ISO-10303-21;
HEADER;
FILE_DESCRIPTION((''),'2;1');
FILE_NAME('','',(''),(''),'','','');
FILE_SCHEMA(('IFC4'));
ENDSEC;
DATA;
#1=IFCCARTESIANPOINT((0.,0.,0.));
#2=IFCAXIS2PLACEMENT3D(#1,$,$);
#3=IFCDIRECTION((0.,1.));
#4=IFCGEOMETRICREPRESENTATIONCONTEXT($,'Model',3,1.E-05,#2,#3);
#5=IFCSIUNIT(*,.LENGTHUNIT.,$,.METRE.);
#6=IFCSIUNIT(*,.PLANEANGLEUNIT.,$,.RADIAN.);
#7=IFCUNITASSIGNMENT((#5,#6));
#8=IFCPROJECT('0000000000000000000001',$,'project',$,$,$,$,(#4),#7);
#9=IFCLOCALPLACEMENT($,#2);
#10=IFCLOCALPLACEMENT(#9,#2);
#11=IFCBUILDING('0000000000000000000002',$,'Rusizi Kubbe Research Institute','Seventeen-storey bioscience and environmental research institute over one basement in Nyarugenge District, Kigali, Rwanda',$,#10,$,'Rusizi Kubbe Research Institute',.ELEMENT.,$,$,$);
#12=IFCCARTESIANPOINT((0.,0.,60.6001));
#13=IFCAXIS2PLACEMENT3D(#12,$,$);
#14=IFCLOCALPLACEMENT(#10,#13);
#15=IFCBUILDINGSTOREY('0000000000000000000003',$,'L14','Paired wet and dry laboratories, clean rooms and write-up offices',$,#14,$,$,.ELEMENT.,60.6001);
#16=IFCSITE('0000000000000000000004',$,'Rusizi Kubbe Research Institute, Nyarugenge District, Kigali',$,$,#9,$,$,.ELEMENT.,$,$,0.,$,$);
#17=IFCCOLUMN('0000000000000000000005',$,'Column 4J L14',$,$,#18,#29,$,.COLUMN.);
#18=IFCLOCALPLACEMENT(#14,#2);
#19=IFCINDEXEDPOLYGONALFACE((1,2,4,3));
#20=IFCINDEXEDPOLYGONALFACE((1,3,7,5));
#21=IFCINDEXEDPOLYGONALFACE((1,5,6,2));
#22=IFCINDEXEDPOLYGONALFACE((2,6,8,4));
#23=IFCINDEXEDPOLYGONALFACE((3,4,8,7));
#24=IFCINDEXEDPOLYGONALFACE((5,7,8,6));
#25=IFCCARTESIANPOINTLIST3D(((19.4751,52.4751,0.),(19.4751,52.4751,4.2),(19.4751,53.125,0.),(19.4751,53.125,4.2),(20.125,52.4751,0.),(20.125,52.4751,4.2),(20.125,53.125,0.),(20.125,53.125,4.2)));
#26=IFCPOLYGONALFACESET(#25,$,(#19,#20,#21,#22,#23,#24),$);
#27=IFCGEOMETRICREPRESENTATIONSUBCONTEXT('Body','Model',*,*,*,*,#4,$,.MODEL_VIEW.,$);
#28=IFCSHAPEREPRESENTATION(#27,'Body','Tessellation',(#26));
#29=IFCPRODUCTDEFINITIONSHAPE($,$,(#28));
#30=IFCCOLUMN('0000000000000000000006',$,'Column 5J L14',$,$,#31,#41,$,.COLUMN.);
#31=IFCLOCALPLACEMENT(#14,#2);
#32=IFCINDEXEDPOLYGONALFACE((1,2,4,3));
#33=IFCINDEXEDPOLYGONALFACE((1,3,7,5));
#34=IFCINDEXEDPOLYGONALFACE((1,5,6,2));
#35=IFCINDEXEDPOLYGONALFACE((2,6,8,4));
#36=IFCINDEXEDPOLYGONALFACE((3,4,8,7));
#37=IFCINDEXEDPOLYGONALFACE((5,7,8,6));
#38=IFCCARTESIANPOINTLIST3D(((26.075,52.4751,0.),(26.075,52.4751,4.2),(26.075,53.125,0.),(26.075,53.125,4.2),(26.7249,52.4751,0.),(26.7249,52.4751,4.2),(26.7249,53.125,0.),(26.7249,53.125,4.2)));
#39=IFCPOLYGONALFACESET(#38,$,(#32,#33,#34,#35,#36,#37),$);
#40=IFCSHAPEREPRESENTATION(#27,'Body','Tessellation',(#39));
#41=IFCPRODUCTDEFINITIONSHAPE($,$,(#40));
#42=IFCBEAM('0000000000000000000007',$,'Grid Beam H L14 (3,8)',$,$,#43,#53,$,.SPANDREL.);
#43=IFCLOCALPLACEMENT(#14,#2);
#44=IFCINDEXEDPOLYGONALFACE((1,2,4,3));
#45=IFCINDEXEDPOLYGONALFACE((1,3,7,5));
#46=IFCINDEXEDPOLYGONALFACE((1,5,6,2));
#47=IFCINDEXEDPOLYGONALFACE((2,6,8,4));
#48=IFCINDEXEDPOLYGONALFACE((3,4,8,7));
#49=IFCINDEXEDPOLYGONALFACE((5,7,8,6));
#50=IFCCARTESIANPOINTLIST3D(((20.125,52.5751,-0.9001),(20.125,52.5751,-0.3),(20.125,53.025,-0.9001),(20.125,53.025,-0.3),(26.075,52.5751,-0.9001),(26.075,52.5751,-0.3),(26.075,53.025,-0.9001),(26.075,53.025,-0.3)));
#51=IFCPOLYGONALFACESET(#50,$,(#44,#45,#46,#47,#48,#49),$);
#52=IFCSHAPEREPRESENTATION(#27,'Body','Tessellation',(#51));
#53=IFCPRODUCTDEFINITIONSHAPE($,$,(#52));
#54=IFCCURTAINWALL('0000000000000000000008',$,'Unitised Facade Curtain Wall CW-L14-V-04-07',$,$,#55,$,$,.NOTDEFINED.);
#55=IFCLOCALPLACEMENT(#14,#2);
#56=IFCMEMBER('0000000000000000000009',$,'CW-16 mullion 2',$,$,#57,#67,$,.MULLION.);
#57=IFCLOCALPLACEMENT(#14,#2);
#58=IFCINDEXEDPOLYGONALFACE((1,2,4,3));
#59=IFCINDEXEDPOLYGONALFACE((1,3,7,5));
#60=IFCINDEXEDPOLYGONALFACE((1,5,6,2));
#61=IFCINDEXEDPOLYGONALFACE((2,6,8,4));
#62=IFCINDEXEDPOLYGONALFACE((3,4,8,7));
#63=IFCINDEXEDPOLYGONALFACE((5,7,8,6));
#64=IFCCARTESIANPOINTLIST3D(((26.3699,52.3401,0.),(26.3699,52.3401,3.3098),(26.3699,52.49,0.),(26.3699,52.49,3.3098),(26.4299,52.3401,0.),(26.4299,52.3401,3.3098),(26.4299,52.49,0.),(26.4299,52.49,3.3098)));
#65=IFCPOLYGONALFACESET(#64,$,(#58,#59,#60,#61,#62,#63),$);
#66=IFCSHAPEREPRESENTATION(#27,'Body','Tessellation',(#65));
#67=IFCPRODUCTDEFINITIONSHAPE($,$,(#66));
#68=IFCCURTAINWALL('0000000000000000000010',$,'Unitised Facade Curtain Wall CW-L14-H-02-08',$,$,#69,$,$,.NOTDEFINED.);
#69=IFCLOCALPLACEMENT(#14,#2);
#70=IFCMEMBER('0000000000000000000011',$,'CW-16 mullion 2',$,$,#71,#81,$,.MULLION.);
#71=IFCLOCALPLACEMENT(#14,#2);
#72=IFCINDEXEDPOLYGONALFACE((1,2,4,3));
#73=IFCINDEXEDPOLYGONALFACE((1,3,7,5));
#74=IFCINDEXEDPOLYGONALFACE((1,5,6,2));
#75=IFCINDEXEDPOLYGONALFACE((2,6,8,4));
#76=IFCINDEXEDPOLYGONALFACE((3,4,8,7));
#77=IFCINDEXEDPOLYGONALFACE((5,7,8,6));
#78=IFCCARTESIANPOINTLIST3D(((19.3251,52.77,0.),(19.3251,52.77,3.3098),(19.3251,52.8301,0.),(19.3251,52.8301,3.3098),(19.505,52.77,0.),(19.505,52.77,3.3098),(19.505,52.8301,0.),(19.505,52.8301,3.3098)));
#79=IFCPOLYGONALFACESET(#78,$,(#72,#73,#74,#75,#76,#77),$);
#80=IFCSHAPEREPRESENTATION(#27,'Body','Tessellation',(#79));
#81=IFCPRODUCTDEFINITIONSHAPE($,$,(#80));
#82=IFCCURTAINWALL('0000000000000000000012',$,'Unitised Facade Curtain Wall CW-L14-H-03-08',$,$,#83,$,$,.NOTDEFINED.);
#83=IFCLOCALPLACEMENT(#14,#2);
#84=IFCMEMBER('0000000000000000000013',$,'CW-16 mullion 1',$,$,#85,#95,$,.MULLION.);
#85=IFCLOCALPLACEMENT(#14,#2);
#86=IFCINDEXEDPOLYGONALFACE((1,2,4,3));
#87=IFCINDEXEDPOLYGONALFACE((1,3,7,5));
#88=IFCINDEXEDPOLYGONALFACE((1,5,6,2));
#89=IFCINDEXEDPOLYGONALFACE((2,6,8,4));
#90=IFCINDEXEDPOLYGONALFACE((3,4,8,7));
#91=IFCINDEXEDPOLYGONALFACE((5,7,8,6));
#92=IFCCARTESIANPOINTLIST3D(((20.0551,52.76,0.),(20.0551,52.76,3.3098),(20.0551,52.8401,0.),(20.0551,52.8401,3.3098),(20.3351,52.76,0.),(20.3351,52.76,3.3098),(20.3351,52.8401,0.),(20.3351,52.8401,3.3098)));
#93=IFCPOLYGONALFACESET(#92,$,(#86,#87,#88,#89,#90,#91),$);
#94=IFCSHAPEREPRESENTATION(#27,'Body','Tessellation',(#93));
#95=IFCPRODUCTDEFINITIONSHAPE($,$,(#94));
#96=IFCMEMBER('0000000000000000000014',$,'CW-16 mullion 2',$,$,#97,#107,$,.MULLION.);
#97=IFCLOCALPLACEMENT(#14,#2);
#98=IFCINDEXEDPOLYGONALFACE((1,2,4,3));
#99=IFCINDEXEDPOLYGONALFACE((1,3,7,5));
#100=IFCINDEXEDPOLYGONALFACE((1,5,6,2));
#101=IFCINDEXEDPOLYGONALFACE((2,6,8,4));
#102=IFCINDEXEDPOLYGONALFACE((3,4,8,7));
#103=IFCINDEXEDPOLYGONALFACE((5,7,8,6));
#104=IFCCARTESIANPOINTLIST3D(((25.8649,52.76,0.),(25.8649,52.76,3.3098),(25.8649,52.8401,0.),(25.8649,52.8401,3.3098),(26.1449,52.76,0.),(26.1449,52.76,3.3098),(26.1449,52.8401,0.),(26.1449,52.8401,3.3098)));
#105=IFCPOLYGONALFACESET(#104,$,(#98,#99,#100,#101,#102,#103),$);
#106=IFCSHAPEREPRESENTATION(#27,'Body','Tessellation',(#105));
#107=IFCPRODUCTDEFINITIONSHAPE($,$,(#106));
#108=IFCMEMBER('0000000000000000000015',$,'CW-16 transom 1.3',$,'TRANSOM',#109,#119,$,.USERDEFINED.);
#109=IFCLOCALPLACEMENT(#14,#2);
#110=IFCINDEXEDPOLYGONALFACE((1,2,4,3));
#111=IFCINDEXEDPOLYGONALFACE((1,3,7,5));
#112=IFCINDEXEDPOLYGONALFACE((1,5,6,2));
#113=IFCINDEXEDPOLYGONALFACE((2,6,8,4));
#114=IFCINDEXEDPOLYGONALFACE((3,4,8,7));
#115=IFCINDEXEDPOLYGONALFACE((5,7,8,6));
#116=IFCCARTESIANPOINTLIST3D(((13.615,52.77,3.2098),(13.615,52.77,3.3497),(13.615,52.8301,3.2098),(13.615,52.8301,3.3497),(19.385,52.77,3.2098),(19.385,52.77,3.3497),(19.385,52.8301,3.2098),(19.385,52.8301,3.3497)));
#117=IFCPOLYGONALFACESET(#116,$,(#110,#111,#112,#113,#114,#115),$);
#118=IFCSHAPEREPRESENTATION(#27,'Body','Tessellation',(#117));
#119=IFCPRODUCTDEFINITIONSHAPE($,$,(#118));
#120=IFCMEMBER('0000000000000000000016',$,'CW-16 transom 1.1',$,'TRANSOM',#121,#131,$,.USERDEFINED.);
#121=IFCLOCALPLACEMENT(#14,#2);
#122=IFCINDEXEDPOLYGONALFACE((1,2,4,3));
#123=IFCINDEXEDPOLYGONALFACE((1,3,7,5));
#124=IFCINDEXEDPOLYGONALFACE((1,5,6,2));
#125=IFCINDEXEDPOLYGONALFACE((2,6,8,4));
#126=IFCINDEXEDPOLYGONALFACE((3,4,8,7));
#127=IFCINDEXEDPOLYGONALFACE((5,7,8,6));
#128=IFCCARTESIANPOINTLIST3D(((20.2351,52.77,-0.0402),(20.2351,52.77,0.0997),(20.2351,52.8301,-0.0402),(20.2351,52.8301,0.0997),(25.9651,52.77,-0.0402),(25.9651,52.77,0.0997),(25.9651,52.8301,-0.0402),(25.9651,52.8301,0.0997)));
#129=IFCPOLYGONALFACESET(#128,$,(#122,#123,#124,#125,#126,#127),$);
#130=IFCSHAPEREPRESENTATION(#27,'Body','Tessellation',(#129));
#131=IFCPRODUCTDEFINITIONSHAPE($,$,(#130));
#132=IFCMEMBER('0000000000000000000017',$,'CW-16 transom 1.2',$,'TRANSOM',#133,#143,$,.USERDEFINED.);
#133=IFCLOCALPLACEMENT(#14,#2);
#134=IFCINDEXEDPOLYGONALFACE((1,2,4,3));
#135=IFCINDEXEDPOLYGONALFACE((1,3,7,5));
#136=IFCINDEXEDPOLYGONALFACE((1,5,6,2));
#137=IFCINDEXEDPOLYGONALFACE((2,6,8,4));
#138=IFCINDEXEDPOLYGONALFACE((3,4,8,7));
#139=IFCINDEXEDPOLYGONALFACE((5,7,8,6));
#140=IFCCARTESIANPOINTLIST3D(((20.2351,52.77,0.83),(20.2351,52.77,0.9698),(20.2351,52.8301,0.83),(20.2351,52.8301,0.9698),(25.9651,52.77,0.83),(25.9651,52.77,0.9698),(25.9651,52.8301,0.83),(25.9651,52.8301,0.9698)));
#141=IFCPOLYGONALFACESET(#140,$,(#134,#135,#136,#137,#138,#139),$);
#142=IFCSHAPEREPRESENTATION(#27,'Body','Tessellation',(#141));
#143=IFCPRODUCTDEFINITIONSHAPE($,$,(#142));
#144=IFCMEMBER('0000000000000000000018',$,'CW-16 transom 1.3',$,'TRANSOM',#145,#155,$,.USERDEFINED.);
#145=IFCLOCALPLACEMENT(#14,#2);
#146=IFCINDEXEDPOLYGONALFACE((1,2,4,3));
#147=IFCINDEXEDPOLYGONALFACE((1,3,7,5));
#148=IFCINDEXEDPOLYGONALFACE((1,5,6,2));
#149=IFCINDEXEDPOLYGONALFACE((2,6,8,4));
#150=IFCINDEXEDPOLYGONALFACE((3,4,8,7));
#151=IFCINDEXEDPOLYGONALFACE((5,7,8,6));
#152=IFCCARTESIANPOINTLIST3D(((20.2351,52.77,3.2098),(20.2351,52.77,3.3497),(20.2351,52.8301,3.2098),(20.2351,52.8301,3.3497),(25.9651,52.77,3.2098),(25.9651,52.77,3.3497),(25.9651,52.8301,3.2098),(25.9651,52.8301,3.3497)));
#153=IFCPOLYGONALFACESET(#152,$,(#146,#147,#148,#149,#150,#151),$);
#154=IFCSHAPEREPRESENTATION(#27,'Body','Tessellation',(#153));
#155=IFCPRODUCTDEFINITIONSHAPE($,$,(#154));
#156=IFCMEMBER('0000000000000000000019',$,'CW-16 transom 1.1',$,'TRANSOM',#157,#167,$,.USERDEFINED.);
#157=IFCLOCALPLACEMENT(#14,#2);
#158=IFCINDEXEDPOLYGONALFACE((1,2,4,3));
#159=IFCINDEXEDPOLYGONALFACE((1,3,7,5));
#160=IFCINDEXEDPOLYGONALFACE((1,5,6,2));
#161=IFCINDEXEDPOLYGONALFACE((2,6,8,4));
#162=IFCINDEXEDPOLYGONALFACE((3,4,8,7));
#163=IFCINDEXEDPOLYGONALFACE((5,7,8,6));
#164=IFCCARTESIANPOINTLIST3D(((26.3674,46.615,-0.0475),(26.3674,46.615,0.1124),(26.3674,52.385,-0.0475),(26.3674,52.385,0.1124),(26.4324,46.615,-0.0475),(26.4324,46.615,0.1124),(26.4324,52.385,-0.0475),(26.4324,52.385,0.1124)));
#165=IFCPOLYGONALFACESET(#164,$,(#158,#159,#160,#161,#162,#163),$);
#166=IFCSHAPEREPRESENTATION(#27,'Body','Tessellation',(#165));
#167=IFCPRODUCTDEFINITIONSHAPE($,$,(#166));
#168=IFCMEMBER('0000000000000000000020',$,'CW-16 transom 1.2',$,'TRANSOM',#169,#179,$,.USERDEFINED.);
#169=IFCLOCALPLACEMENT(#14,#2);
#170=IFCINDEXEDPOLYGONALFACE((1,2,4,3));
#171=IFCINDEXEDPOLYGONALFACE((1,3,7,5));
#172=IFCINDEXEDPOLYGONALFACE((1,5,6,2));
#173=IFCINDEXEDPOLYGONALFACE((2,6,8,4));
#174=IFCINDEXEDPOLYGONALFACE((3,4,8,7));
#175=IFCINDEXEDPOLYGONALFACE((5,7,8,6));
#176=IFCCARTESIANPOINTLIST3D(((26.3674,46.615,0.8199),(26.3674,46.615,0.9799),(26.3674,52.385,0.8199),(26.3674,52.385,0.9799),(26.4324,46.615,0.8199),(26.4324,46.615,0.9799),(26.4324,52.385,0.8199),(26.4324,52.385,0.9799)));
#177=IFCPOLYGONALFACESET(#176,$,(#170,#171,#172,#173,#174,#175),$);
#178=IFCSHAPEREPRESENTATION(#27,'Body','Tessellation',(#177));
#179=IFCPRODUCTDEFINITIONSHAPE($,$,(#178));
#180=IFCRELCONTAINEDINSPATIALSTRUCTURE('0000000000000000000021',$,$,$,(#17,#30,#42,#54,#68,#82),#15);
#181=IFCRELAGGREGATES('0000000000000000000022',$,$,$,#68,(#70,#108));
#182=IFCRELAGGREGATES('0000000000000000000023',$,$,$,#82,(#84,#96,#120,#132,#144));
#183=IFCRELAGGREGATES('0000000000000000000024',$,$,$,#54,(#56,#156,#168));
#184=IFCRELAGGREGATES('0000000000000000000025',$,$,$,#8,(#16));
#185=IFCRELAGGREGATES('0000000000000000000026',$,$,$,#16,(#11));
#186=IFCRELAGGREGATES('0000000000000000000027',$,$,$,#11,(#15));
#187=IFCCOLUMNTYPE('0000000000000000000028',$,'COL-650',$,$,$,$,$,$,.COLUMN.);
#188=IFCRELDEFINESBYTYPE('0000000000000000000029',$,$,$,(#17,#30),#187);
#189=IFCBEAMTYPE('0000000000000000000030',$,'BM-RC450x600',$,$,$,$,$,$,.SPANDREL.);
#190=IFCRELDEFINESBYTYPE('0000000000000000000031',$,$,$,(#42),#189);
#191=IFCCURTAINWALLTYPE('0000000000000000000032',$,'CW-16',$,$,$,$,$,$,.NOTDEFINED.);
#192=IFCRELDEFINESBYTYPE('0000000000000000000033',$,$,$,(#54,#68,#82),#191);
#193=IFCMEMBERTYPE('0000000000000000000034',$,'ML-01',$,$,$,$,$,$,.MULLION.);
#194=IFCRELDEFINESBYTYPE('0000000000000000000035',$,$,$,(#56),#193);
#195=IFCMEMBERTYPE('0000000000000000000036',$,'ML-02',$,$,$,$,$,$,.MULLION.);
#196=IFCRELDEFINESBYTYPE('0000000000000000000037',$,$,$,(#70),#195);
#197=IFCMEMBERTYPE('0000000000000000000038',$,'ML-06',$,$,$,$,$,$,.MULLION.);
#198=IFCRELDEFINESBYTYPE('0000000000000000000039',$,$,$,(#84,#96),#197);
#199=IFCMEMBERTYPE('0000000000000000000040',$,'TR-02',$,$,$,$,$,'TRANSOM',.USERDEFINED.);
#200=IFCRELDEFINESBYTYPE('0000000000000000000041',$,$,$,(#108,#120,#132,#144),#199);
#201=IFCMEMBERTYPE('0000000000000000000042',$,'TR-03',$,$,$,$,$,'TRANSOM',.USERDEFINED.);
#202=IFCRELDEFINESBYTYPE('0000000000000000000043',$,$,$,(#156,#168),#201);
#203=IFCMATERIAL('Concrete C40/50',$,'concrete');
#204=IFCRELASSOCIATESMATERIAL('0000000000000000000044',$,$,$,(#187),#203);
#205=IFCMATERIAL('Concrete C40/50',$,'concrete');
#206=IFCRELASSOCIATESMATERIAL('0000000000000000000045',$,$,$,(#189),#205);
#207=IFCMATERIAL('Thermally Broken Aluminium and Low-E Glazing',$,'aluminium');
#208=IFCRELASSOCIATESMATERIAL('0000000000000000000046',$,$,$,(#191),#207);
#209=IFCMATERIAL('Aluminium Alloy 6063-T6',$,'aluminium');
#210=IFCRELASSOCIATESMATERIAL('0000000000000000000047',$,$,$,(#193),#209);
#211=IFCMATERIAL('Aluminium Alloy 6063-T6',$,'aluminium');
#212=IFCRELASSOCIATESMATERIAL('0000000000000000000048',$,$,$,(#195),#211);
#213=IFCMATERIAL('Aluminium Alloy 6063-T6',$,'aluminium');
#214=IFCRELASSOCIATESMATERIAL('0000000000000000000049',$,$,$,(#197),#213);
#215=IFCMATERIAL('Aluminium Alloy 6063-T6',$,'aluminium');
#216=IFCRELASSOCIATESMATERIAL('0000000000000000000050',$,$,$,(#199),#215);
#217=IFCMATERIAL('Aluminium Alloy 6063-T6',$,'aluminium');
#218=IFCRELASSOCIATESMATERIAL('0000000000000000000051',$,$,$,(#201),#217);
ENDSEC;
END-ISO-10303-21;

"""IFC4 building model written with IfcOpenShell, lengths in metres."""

from ifc_helpers import new_model, si_unit, direction, frame, origin, origin_2d, place, context, subcontext, project, spatial, rectangle, extrude, material, material_profile, profile_set, type_object, element, aggregate, save


model = new_model("IFC4")

# Units and contexts
model_context = context("Model", 3, precision=1e-05, world=origin(), true_north=direction((0.0, 1.0)))
body_context = subcontext(model_context, "Body", "Model", "MODEL_VIEW")
ifc_project = project(units=[si_unit("LENGTHUNIT", "METRE"), si_unit("PLANEANGLEUNIT", "RADIAN")], contexts=[model_context])

# Site, building, storey
site_placement = place(None, origin())
site = spatial("IfcSite", under=ifc_project, at=site_placement, Name="Rusizi Kubbe Research Institute, Nyarugenge District, Kigali", CompositionType="ELEMENT", RefElevation=0.0)
building_placement = place(site_placement, origin())
building = spatial("IfcBuilding", under=site, at=building_placement, Name="Rusizi Kubbe Research Institute", Description="Seventeen-storey bioscience and environmental research institute over one basement in Nyarugenge District, Kigali, Rwanda", LongName="Rusizi Kubbe Research Institute", CompositionType="ELEMENT")
storey_placement = place(building_placement, frame((0.0, 0.0, 60.6001)))
storey = spatial("IfcBuildingStorey", under=building, at=storey_placement, Name="L14", Description="Paired wet and dry laboratories, clean rooms and write-up offices", CompositionType="ELEMENT", Elevation=60.6001)

# Columns
ifc_material_1 = material(Name="Concrete C40/50", Category="concrete")
ifc_material_profile_1 = material_profile(ifc_material_1, rectangle(XDim=0.6499, YDim=0.6499, at=origin_2d()), Name="RC650x650")
ifc_profile_set_1 = profile_set([ifc_material_profile_1], Name="Concrete C40/50")
column_type = type_object("IfcColumnType", Name="COL-650", PredefinedType="COLUMN", material=ifc_profile_set_1)
for number, where, z_axis, x_axis, name in (
    (1, (19.8, 52.8, 0.0), (0.0, 0.0, 1.0), (1.0, 0.0, 0.0), "Column 4J L14"),
    (2, (26.3999, 52.8, 0.0), (0.0, 0.0, 1.0), (1.0, 0.0, 0.0), "Column 5J L14"),
):
    element("IfcColumn", number, at=place(storey_placement, frame(where, z_axis=z_axis, x_axis=x_axis)), inside=storey, type_object=column_type, Name=name, PredefinedType="COLUMN", context=body_context, shape_type="SweptSolid", body=[
        extrude(rectangle(XDim=0.6499, YDim=0.6499, at=origin_2d()), origin(), (0.0, 0.0, 1.0), 4.2),
    ])

# Beam
ifc_material_2 = material(Name="Concrete C40/50", Category="concrete")
ifc_material_profile_2 = material_profile(ifc_material_2, rectangle(XDim=0.45, YDim=0.6001, at=origin_2d()), Name="RC450x600")
ifc_profile_set_2 = profile_set([ifc_material_profile_2], Name="Concrete C40/50")
beam_type = type_object("IfcBeamType", Name="BM-RC450x600", PredefinedType="SPANDREL", material=ifc_profile_set_2)
beam_placement = place(storey_placement, frame((20.125, 52.8, -0.6001), z_axis=(1.0, 0.0, 0.0), x_axis=(0.0, 1.0, 0.0)))
element("IfcBeam", 3, at=beam_placement, inside=storey, type_object=beam_type, Name="Grid Beam H L14 (3,8)", PredefinedType="SPANDREL", context=body_context, shape_type="SweptSolid", body=[
    extrude(rectangle(XDim=0.45, YDim=0.6001, at=origin_2d()), origin(), (0.0, 0.0, 1.0), 5.95),
])

# Curtain walls, members
ifc_material_3 = material(Name="Thermally Broken Aluminium and Low-E Glazing", Category="aluminium")
curtain_wall_type = type_object("IfcCurtainWallType", Name="CW-16", PredefinedType="NOTDEFINED", material=ifc_material_3)
curtain_wall_1_placement = place(storey_placement, origin())
curtain_wall_1 = element("IfcCurtainWall", 4, at=curtain_wall_1_placement, inside=storey, type_object=curtain_wall_type, Name="Unitised Facade Curtain Wall CW-L14-V-04-07", PredefinedType="NOTDEFINED")
ifc_material_4 = material(Name="Aluminium Alloy 6063-T6", Category="aluminium")
ifc_material_profile_3 = material_profile(ifc_material_4, rectangle(XDim=0.0601, YDim=0.1499, at=origin_2d()), Name="ALU-M 60x150")
ifc_profile_set_3 = profile_set([ifc_material_profile_3], Name="Aluminium Alloy 6063-T6")
member_type_1 = type_object("IfcMemberType", Name="ML-01", PredefinedType="MULLION", material=ifc_profile_set_3)
member_1_placement = place(storey_placement, frame((26.3999, 52.415, 0.0), z_axis=(0.0, 0.0, 1.0), x_axis=(-1.0, 0.0, 0.0)))
member_1 = element("IfcMember", 5, at=member_1_placement, type_object=member_type_1, Name="CW-16 mullion 2", PredefinedType="MULLION", context=body_context, shape_type="SweptSolid", body=[
    extrude(rectangle(XDim=0.0601, YDim=0.1499, at=origin_2d()), origin(), (0.0, 0.0, 1.0), 3.3098),
])
curtain_wall_2_placement = place(storey_placement, origin())
curtain_wall_2 = element("IfcCurtainWall", 6, at=curtain_wall_2_placement, inside=storey, type_object=curtain_wall_type, Name="Unitised Facade Curtain Wall CW-L14-H-02-08", PredefinedType="NOTDEFINED")
ifc_material_5 = material(Name="Aluminium Alloy 6063-T6", Category="aluminium")
ifc_material_profile_4 = material_profile(ifc_material_5, rectangle(XDim=0.0601, YDim=0.1799, at=origin_2d()), Name="ALU-M 60x180")
ifc_profile_set_4 = profile_set([ifc_material_profile_4], Name="Aluminium Alloy 6063-T6")
member_type_2 = type_object("IfcMemberType", Name="ML-02", PredefinedType="MULLION", material=ifc_profile_set_4)
member_2_placement = place(storey_placement, frame((19.415, 52.8, 0.0), z_axis=(0.0, 0.0, 1.0), x_axis=(0.0, 1.0, 0.0)))
member_2 = element("IfcMember", 7, at=member_2_placement, type_object=member_type_2, Name="CW-16 mullion 2", PredefinedType="MULLION", context=body_context, shape_type="SweptSolid", body=[
    extrude(rectangle(XDim=0.0601, YDim=0.1799, at=origin_2d()), origin(), (0.0, 0.0, 1.0), 3.3098),
])

# Curtain wall, members
curtain_wall_3_placement = place(storey_placement, origin())
curtain_wall_3 = element("IfcCurtainWall", 8, at=curtain_wall_3_placement, inside=storey, type_object=curtain_wall_type, Name="Unitised Facade Curtain Wall CW-L14-H-03-08", PredefinedType="NOTDEFINED")
ifc_material_6 = material(Name="Aluminium Alloy 6063-T6", Category="aluminium")
ifc_material_profile_5 = material_profile(ifc_material_6, rectangle(XDim=0.0801, YDim=0.28, at=origin_2d()), Name="ALU-M 80x280")
ifc_profile_set_5 = profile_set([ifc_material_profile_5], Name="Aluminium Alloy 6063-T6")
member_type_3 = type_object("IfcMemberType", Name="ML-06", PredefinedType="MULLION", material=ifc_profile_set_5)
member_3_placement = place(storey_placement, frame((20.1951, 52.8, 0.0), z_axis=(0.0, 0.0, 1.0), x_axis=(0.0, 1.0, 0.0)))
member_3 = element("IfcMember", 9, at=member_3_placement, type_object=member_type_3, Name="CW-16 mullion 1", PredefinedType="MULLION", context=body_context, shape_type="SweptSolid", body=[
    extrude(rectangle(XDim=0.0801, YDim=0.28, at=origin_2d()), origin(), (0.0, 0.0, 1.0), 3.3098),
])
member_4_placement = place(storey_placement, frame((26.0049, 52.8, 0.0), z_axis=(0.0, 0.0, 1.0), x_axis=(0.0, 1.0, 0.0)))
member_4 = element("IfcMember", 10, at=member_4_placement, type_object=member_type_3, Name="CW-16 mullion 2", PredefinedType="MULLION", context=body_context, shape_type="SweptSolid", body=[
    extrude(rectangle(XDim=0.0801, YDim=0.28, at=origin_2d()), origin(), (0.0, 0.0, 1.0), 3.3098),
])

# Members
ifc_material_7 = material(Name="Aluminium Alloy 6063-T6", Category="aluminium")
ifc_material_profile_6 = material_profile(ifc_material_7, rectangle(XDim=0.0601, YDim=0.1399, at=origin_2d()), Name="ALU-T 60x140")
ifc_profile_set_6 = profile_set([ifc_material_profile_6], Name="Aluminium Alloy 6063-T6")
member_type_4 = type_object("IfcMemberType", Name="TR-02", ElementType="TRANSOM", PredefinedType="USERDEFINED", material=ifc_profile_set_6)
member_5_placement = place(storey_placement, frame((13.615, 52.8, 3.2798), z_axis=(1.0, 0.0, 0.0), x_axis=(0.0, 1.0, 0.0)))
member_5 = element("IfcMember", 11, at=member_5_placement, type_object=member_type_4, Name="CW-16 transom 1.3", ObjectType="TRANSOM", PredefinedType="USERDEFINED", context=body_context, shape_type="SweptSolid", body=[
    extrude(rectangle(XDim=0.0601, YDim=0.1399, at=origin_2d()), origin(), (0.0, 0.0, 1.0), 5.77),
])
member_6_placement = place(storey_placement, frame((20.2351, 52.8, 0.0298), z_axis=(1.0, 0.0, 0.0), x_axis=(0.0, 1.0, 0.0)))
member_6 = element("IfcMember", 12, at=member_6_placement, type_object=member_type_4, Name="CW-16 transom 1.1", ObjectType="TRANSOM", PredefinedType="USERDEFINED", context=body_context, shape_type="SweptSolid", body=[
    extrude(rectangle(XDim=0.0601, YDim=0.1399, at=origin_2d()), origin(), (0.0, 0.0, 1.0), 5.73),
])
member_7_placement = place(storey_placement, frame((20.2351, 52.8, 0.8999), z_axis=(1.0, 0.0, 0.0), x_axis=(0.0, 1.0, 0.0)))
member_7 = element("IfcMember", 13, at=member_7_placement, type_object=member_type_4, Name="CW-16 transom 1.2", ObjectType="TRANSOM", PredefinedType="USERDEFINED", context=body_context, shape_type="SweptSolid", body=[
    extrude(rectangle(XDim=0.0601, YDim=0.1399, at=origin_2d()), origin(), (0.0, 0.0, 1.0), 5.73),
])
member_8_placement = place(storey_placement, frame((20.2351, 52.8, 3.2798), z_axis=(1.0, 0.0, 0.0), x_axis=(0.0, 1.0, 0.0)))
member_8 = element("IfcMember", 14, at=member_8_placement, type_object=member_type_4, Name="CW-16 transom 1.3", ObjectType="TRANSOM", PredefinedType="USERDEFINED", context=body_context, shape_type="SweptSolid", body=[
    extrude(rectangle(XDim=0.0601, YDim=0.1399, at=origin_2d()), origin(), (0.0, 0.0, 1.0), 5.73),
])
ifc_material_8 = material(Name="Aluminium Alloy 6063-T6", Category="aluminium")
ifc_material_profile_7 = material_profile(ifc_material_8, rectangle(XDim=0.0649, YDim=0.1599, at=origin_2d()), Name="ALU-T 65x160")
ifc_profile_set_7 = profile_set([ifc_material_profile_7], Name="Aluminium Alloy 6063-T6")
member_type_5 = type_object("IfcMemberType", Name="TR-03", ElementType="TRANSOM", PredefinedType="USERDEFINED", material=ifc_profile_set_7)
member_9_placement = place(storey_placement, frame((26.3999, 46.615, 0.0325), z_axis=(0.0, 1.0, 0.0), x_axis=(-1.0, 0.0, 0.0)))
member_9 = element("IfcMember", 15, at=member_9_placement, type_object=member_type_5, Name="CW-16 transom 1.1", ObjectType="TRANSOM", PredefinedType="USERDEFINED", context=body_context, shape_type="SweptSolid", body=[
    extrude(rectangle(XDim=0.0649, YDim=0.1599, at=origin_2d()), origin(), (0.0, 0.0, 1.0), 5.77),
])
member_10_placement = place(storey_placement, frame((26.3999, 46.615, 0.8999), z_axis=(0.0, 1.0, 0.0), x_axis=(-1.0, 0.0, 0.0)))
member_10 = element("IfcMember", 16, at=member_10_placement, type_object=member_type_5, Name="CW-16 transom 1.2", ObjectType="TRANSOM", PredefinedType="USERDEFINED", context=body_context, shape_type="SweptSolid", body=[
    extrude(rectangle(XDim=0.0649, YDim=0.1599, at=origin_2d()), origin(), (0.0, 0.0, 1.0), 5.77),
])

aggregate(curtain_wall_2, [member_2, member_5])
aggregate(curtain_wall_3, [member_3, member_4, member_6, member_7, member_8])
aggregate(curtain_wall_1, [member_1, member_9, member_10])

save(model, "model.ifc")
